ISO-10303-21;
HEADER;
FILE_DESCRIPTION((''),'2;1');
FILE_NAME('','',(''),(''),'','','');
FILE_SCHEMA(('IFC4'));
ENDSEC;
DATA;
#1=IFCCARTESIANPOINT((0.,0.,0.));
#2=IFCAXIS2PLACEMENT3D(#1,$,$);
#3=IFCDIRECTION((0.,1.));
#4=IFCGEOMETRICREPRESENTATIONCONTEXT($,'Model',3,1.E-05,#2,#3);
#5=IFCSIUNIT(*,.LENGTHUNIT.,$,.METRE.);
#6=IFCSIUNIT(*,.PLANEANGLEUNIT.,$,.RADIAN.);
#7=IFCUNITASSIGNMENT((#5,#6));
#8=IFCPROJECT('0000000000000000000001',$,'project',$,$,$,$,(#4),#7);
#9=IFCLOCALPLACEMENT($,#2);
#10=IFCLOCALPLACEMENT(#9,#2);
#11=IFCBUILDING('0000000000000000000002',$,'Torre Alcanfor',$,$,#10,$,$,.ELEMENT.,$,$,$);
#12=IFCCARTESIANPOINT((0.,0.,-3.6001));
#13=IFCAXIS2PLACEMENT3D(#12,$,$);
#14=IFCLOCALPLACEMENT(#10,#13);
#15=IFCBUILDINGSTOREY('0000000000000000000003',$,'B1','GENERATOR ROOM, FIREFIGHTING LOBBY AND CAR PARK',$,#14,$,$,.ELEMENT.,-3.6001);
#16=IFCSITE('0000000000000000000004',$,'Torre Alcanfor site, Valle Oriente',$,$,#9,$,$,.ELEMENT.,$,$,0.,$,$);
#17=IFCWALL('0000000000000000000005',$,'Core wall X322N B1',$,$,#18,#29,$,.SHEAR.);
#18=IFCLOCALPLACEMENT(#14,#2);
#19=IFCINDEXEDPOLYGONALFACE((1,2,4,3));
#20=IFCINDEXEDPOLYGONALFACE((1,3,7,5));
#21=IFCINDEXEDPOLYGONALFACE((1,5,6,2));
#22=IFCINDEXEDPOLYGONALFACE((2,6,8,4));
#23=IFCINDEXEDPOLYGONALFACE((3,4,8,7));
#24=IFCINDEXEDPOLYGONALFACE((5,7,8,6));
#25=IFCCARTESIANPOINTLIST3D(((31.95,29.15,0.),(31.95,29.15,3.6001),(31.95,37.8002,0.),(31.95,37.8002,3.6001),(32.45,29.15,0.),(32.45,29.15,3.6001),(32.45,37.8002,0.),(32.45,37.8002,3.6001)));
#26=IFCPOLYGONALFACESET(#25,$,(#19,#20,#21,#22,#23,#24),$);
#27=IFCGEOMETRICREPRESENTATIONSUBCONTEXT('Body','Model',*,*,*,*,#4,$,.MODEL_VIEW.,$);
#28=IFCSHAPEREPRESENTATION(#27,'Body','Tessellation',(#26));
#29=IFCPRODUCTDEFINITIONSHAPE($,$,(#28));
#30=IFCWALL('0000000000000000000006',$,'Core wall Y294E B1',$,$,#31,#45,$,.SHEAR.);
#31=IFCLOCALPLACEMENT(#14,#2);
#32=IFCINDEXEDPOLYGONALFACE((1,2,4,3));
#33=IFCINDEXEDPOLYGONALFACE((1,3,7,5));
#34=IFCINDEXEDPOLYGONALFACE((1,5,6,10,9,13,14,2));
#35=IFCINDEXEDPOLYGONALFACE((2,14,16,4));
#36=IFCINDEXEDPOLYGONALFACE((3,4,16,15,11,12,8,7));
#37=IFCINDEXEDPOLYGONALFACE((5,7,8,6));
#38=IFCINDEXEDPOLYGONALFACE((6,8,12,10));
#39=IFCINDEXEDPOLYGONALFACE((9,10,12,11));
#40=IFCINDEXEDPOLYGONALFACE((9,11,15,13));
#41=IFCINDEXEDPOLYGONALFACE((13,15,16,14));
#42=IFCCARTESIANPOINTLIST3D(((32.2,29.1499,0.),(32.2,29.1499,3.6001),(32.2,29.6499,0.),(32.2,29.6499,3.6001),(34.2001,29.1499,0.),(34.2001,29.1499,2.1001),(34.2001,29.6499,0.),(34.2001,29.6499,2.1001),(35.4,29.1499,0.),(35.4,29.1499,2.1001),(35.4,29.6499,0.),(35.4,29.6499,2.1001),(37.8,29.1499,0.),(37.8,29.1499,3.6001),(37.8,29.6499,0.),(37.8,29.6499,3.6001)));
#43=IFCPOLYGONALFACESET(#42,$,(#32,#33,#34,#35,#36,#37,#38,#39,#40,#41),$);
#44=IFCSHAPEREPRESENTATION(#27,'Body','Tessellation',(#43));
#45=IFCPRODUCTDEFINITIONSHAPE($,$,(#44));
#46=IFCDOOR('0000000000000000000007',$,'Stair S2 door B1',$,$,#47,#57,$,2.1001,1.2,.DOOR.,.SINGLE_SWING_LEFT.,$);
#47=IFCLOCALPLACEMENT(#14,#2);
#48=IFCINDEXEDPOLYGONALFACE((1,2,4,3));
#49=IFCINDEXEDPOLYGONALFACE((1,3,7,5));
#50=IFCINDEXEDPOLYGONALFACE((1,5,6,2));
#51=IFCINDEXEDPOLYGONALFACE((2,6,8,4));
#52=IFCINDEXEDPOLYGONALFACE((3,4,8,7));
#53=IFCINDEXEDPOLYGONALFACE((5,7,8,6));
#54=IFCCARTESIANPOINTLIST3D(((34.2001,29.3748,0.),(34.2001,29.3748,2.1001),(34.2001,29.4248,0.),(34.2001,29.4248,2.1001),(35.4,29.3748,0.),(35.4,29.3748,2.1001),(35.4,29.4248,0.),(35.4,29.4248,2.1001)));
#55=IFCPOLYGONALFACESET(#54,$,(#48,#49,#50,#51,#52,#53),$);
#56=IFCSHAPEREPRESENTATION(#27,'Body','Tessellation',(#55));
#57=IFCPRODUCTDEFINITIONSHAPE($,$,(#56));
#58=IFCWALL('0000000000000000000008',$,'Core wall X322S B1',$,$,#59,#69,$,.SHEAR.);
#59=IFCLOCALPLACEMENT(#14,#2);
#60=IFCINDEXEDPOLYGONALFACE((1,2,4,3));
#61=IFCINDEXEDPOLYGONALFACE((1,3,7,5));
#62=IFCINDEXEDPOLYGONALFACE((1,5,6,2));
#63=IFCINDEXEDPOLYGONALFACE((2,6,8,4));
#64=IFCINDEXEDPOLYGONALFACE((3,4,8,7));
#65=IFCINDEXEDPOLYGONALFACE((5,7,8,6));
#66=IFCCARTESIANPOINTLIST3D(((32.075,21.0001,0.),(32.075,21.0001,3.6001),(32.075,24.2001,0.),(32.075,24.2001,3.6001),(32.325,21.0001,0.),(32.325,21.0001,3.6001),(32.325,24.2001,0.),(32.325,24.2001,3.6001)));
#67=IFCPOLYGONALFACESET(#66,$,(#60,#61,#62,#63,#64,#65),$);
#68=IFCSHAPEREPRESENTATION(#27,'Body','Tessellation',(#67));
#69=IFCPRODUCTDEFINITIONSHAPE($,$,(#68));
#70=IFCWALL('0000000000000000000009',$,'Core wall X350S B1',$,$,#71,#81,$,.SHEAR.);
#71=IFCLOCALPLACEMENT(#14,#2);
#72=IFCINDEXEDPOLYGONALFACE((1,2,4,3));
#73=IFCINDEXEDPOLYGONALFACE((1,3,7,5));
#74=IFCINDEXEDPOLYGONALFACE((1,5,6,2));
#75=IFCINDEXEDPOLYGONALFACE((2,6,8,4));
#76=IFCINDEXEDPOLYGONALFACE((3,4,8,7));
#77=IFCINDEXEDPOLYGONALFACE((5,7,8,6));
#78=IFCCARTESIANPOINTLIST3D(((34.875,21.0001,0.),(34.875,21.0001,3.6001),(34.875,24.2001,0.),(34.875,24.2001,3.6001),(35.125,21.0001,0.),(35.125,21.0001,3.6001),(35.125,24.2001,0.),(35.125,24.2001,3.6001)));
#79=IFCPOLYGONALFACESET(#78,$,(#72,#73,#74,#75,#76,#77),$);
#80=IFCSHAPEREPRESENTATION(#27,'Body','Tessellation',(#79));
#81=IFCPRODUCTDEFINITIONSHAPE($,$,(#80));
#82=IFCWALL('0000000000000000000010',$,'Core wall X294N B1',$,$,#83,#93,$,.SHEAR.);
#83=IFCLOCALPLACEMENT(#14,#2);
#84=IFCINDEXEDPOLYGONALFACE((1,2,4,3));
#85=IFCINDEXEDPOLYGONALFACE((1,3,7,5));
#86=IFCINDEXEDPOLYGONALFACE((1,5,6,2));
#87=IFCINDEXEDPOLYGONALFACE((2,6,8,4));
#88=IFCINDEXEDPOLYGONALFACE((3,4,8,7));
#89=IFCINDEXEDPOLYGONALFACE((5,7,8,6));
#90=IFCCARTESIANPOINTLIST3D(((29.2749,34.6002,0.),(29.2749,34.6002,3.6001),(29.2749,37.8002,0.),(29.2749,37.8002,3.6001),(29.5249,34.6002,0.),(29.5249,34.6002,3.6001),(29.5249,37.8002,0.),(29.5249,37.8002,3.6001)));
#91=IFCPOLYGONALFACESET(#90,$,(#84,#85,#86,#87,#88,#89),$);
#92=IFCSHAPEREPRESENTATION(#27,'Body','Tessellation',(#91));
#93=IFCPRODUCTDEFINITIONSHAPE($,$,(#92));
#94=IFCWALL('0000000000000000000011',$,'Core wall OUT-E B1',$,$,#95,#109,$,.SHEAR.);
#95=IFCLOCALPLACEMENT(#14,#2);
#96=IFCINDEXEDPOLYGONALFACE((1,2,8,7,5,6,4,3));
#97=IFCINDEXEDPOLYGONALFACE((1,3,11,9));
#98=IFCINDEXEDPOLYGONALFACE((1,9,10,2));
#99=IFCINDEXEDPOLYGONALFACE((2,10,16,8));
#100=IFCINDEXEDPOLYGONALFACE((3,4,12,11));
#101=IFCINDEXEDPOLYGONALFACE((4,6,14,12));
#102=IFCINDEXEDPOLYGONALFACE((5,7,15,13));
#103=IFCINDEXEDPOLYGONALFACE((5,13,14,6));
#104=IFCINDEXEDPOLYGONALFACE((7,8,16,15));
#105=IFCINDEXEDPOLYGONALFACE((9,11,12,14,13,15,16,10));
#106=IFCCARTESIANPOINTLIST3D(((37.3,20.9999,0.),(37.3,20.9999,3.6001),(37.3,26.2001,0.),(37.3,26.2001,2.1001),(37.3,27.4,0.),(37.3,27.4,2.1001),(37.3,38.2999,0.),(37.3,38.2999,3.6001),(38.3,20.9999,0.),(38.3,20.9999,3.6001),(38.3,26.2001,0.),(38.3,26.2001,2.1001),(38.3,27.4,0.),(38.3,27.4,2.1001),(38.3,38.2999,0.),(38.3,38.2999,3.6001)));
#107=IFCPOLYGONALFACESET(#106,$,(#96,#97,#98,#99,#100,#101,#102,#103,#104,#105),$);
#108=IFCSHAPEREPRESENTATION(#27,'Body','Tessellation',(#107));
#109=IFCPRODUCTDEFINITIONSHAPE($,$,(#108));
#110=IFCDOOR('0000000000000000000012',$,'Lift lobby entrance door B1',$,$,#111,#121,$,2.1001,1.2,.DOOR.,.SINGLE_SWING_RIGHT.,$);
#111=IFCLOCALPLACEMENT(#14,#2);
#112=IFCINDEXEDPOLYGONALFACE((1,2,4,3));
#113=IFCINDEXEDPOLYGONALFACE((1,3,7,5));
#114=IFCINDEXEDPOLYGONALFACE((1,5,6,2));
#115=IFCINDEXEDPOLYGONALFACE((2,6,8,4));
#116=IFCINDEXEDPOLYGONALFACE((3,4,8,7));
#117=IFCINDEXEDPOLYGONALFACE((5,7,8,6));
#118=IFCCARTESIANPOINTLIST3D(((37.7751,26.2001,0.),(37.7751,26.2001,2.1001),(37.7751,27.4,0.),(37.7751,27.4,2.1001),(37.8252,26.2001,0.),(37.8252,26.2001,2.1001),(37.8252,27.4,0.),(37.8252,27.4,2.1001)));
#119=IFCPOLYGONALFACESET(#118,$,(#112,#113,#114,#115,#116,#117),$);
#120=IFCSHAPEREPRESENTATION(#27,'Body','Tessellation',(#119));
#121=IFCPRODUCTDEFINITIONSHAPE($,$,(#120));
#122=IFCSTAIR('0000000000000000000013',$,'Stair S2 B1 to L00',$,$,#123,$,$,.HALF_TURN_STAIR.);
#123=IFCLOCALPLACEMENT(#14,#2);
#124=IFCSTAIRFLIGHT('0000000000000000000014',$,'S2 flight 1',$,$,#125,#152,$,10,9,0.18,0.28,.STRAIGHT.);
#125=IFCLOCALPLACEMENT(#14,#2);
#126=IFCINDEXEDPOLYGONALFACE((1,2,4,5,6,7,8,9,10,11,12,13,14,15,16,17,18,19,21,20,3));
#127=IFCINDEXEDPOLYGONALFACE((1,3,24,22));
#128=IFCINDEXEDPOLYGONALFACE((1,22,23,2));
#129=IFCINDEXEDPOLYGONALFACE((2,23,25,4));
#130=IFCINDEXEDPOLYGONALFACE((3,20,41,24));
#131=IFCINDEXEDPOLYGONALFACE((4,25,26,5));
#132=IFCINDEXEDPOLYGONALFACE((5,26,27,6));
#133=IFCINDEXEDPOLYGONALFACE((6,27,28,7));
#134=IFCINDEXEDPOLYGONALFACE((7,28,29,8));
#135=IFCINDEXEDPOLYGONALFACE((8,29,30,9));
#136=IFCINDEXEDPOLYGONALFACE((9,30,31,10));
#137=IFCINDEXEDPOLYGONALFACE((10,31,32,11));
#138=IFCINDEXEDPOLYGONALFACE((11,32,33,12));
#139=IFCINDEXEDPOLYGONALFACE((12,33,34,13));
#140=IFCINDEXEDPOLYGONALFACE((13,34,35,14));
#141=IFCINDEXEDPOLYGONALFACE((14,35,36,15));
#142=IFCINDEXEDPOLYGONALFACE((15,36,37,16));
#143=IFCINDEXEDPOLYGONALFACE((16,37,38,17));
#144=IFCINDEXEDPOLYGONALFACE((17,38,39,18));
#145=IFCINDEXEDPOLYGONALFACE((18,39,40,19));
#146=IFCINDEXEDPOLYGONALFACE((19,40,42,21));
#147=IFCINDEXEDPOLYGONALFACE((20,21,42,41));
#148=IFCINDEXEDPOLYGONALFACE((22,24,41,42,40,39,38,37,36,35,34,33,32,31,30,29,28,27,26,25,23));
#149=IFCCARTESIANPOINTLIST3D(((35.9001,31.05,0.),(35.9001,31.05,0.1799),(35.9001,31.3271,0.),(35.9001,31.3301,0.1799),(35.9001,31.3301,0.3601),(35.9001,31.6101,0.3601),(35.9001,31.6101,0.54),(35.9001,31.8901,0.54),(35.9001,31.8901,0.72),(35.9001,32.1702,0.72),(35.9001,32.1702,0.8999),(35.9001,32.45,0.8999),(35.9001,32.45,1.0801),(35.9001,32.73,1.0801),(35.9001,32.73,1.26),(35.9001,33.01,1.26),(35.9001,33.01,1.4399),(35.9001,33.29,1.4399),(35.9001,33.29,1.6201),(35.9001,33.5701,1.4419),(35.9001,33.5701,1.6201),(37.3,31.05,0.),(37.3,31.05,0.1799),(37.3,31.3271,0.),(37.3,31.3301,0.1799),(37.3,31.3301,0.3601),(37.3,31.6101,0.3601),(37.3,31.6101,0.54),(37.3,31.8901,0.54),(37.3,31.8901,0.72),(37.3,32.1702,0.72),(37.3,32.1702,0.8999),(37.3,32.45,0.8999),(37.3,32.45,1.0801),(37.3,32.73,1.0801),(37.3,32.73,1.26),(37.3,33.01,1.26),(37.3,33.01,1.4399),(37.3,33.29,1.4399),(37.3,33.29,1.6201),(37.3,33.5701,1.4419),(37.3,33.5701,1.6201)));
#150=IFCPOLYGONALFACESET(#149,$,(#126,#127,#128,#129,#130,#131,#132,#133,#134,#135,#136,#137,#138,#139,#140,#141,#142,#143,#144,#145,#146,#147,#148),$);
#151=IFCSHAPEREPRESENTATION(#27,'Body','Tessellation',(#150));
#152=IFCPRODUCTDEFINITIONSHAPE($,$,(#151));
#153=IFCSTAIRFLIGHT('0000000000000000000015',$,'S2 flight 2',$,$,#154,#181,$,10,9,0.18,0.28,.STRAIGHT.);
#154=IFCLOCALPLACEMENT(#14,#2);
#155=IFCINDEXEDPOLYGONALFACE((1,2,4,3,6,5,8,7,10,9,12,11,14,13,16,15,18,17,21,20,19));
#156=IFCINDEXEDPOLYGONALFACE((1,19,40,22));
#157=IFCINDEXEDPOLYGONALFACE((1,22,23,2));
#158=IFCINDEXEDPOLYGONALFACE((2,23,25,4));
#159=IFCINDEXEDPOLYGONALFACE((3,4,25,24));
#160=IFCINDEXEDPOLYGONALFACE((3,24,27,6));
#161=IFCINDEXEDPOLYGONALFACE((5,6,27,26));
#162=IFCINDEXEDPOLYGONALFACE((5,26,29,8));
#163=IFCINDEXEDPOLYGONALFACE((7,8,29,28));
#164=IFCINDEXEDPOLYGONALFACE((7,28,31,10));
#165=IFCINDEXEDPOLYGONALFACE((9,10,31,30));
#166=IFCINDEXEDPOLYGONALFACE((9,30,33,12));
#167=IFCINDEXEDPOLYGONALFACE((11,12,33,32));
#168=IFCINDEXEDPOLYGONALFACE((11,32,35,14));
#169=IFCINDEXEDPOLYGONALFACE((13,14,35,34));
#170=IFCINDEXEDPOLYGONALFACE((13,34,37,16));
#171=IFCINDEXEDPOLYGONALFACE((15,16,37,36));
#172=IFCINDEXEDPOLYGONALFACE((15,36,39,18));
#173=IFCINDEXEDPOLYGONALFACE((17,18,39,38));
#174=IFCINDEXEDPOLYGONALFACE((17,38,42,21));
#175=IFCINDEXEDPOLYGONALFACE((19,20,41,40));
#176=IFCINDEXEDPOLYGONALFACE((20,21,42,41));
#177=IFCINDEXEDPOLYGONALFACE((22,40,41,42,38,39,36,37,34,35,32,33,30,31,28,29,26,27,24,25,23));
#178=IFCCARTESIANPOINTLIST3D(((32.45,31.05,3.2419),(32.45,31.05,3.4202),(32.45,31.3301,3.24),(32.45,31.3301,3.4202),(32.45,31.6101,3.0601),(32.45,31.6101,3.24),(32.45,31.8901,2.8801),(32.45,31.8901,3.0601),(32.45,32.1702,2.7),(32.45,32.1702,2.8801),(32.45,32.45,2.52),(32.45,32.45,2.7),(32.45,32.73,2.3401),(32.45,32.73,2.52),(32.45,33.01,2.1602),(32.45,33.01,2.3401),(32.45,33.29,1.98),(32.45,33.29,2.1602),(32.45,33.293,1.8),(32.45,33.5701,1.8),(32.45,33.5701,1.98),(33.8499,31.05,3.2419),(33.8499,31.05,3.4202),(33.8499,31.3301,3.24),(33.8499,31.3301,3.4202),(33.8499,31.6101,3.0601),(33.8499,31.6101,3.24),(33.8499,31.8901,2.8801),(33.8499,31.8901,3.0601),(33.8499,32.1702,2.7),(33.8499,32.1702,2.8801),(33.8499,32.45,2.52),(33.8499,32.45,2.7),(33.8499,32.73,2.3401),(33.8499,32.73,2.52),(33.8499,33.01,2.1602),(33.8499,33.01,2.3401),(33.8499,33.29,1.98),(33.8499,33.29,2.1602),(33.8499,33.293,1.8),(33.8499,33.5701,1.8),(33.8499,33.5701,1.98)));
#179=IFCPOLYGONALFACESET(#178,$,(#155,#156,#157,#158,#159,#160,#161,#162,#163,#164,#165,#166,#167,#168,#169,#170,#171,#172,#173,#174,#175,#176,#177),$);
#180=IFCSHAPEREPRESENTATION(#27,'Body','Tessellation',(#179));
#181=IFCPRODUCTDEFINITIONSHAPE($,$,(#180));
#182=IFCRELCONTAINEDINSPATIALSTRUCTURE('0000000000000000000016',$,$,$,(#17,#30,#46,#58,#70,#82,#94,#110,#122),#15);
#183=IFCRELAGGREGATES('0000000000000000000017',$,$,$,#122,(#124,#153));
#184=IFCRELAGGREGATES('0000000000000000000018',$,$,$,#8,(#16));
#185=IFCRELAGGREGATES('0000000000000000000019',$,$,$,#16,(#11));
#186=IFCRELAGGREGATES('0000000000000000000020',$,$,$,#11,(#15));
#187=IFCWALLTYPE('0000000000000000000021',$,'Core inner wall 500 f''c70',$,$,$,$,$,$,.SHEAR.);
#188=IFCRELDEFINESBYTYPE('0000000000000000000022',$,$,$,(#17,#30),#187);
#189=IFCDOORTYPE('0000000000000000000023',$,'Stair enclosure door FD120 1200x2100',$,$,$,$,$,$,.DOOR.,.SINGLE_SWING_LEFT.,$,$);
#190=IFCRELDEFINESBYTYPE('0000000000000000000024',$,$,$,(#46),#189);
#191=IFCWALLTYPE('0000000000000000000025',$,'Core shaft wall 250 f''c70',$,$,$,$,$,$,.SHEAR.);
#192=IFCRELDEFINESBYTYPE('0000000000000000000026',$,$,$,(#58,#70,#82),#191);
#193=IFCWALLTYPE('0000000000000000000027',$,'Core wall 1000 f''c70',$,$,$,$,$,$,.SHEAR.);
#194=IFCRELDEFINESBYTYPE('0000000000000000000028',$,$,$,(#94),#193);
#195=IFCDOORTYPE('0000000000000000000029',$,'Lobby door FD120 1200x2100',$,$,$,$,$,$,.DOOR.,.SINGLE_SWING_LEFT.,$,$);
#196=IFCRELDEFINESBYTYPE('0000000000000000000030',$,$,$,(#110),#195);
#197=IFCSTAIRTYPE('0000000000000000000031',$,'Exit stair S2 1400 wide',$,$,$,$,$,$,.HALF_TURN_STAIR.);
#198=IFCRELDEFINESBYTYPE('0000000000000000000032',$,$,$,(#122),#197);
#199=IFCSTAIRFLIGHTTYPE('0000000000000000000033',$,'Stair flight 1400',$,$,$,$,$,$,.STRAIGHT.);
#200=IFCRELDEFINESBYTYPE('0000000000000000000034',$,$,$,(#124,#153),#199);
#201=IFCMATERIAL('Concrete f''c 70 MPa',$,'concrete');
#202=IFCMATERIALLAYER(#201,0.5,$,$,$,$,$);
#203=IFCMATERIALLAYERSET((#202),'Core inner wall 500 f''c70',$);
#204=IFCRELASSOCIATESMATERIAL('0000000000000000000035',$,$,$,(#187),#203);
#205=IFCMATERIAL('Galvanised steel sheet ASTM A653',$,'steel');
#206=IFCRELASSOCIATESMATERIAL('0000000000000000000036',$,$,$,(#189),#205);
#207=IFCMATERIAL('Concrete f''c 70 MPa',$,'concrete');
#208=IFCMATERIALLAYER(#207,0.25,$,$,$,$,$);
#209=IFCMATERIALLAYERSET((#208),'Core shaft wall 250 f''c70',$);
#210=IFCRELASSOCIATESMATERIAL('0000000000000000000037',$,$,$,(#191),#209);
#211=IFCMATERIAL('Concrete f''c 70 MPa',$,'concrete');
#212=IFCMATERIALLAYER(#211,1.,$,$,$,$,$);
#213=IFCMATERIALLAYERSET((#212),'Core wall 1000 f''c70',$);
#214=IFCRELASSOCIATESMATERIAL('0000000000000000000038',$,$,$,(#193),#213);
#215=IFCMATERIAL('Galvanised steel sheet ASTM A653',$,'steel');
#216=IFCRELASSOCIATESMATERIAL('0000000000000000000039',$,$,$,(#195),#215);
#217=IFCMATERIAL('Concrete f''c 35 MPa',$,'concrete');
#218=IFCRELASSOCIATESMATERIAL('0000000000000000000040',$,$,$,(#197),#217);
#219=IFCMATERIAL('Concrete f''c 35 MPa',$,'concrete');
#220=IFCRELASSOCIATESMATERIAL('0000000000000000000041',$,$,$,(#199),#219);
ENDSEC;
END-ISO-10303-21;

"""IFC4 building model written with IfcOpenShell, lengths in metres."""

from ifc_helpers import new_model, si_unit, direction, frame, frame_2d, origin, place, context, subcontext, project, spatial, polyline, rectangle, outline, extrude, material, layer, layer_set, type_object, element, fill, aggregate, save


model = new_model("IFC4")

# Units and contexts
model_context = context("Model", 3, precision=1e-05, world=origin(), true_north=direction((0.0, 1.0)))
body_context = subcontext(model_context, "Body", "Model", "MODEL_VIEW")
ifc_project = project(units=[si_unit("LENGTHUNIT", "METRE"), si_unit("PLANEANGLEUNIT", "RADIAN")], contexts=[model_context])

# Site, building, storey
site_placement = place(None, origin())
site = spatial("IfcSite", under=ifc_project, at=site_placement, Name="Torre Alcanfor site, Valle Oriente", CompositionType="ELEMENT", RefElevation=0.0)
building_placement = place(site_placement, origin())
building = spatial("IfcBuilding", under=site, at=building_placement, Name="Torre Alcanfor", CompositionType="ELEMENT")
storey_placement = place(building_placement, frame((0.0, 0.0, -3.6001)))
storey = spatial("IfcBuildingStorey", under=building, at=storey_placement, Name="B1", Description="GENERATOR ROOM, FIREFIGHTING LOBBY AND CAR PARK", CompositionType="ELEMENT", Elevation=-3.6001)

# Wall
ifc_material_1 = material(Name="Concrete f'c 70 MPa", Category="concrete")
ifc_layer_1 = layer(ifc_material_1, 0.5)
ifc_layer_set_1 = layer_set([ifc_layer_1], Name="Core inner wall 500 f'c70")
wall_type_1 = type_object("IfcWallType", Name="Core inner wall 500 f'c70", PredefinedType="SHEAR", material=ifc_layer_set_1)
wall_1_placement = place(storey_placement, frame((32.2, 29.1499, 0.0), z_axis=(0.0, 0.0, 1.0), x_axis=(0.0, 1.0, 0.0)))
element("IfcWall", 1, at=wall_1_placement, inside=storey, type_object=wall_type_1, Name="Core wall X322N B1", PredefinedType="SHEAR", context=body_context, shape_type="SweptSolid", body=[
    extrude(rectangle(XDim=8.6501, YDim=0.5, at=frame_2d((4.3252, 0.0))), origin(), (0.0, 0.0, 1.0), 3.6001),
])

# Wall, opening, door
wall_2_placement = place(storey_placement, frame((32.2, 29.3999, 0.0), z_axis=(0.0, 0.0, 1.0), x_axis=(1.0, 0.0, 0.0)))
wall_2 = element("IfcWall", 2, at=wall_2_placement, inside=storey, type_object=wall_type_1, Name="Core wall Y294E B1", PredefinedType="SHEAR", context=body_context, shape_type="SweptSolid", body=[
    extrude(rectangle(XDim=5.6001, YDim=0.5, at=frame_2d((2.8, 0.0))), origin(), (0.0, 0.0, 1.0), 3.6001),
])
opening_1_placement = place(wall_2_placement, frame((2.0, 0.0, 0.0)))
opening_1 = element("IfcOpeningElement", 3, at=opening_1_placement, cuts=wall_2, PredefinedType="OPENING", context=body_context, shape_type="SweptSolid", body=[
    extrude(rectangle(XDim=1.2, YDim=2.1001, at=frame_2d((0.6001, 1.05))), frame((0.0, 0.26, 0.0), z_axis=(0.0, -1.0, 0.0), x_axis=(1.0, 0.0, 0.0)), (0.0, 0.0, 1.0), 0.52),
])
ifc_material_2 = material(Name="Galvanised steel sheet ASTM A653", Category="steel")
door_type_1 = type_object("IfcDoorType", Name="Stair enclosure door FD120 1200x2100", OperationType="SINGLE_SWING_LEFT", PredefinedType="DOOR", material=ifc_material_2)
door_1_placement = place(opening_1_placement, origin())
door_1 = element("IfcDoor", 4, at=door_1_placement, inside=storey, type_object=door_type_1, Name="Stair S2 door B1", OperationType="SINGLE_SWING_LEFT", OverallHeight=2.1001, OverallWidth=1.2, PredefinedType="DOOR", context=body_context, shape_type="SweptSolid", body=[
    extrude(rectangle(XDim=1.2, YDim=2.1001, at=frame_2d((0.6001, 1.05))), frame((0.0, 0.0249, 0.0), z_axis=(0.0, -1.0, 0.0), x_axis=(1.0, 0.0, 0.0)), (0.0, 0.0, 1.0), 0.05),
])
fill(opening_1, door_1)

# Walls
ifc_material_3 = material(Name="Concrete f'c 70 MPa", Category="concrete")
ifc_layer_2 = layer(ifc_material_3, 0.25)
ifc_layer_set_2 = layer_set([ifc_layer_2], Name="Core shaft wall 250 f'c70")
wall_type_2 = type_object("IfcWallType", Name="Core shaft wall 250 f'c70", PredefinedType="SHEAR", material=ifc_layer_set_2)
for number, where, z_axis, x_axis, name in (
    (5, (32.2, 21.0, 0.0), (0.0, 0.0, 1.0), (0.0, 1.0, 0.0), "Core wall X322S B1"),
    (6, (35.0, 21.0, 0.0), (0.0, 0.0, 1.0), (0.0, 1.0, 0.0), "Core wall X350S B1"),
    (7, (29.3999, 34.6001, 0.0), (0.0, 0.0, 1.0), (0.0, 1.0, 0.0), "Core wall X294N B1"),
):
    element("IfcWall", number, at=place(storey_placement, frame(where, z_axis=z_axis, x_axis=x_axis)), inside=storey, type_object=wall_type_2, Name=name, PredefinedType="SHEAR", context=body_context, shape_type="SweptSolid", body=[
        extrude(rectangle(XDim=3.2, YDim=0.25, at=frame_2d((1.6001, 0.0))), origin(), (0.0, 0.0, 1.0), 3.6001),
    ])

# Wall, opening, door
ifc_material_4 = material(Name="Concrete f'c 70 MPa", Category="concrete")
ifc_layer_3 = layer(ifc_material_4, 1.0)
ifc_layer_set_3 = layer_set([ifc_layer_3], Name="Core wall 1000 f'c70")
wall_type_3 = type_object("IfcWallType", Name="Core wall 1000 f'c70", PredefinedType="SHEAR", material=ifc_layer_set_3)
wall_3_placement = place(storey_placement, frame((37.8, 21.0, 0.0), z_axis=(0.0, 0.0, 1.0), x_axis=(0.0, 1.0, 0.0)))
wall_3 = element("IfcWall", 8, at=wall_3_placement, inside=storey, type_object=wall_type_3, Name="Core wall OUT-E B1", PredefinedType="SHEAR", context=body_context, shape_type="SweptSolid", body=[
    extrude(rectangle(XDim=17.3, YDim=1.0, at=frame_2d((8.6499, 0.0))), origin(), (0.0, 0.0, 1.0), 3.6001),
])
opening_2_placement = place(wall_3_placement, frame((5.2, 0.0, 0.0)))
opening_2 = element("IfcOpeningElement", 9, at=opening_2_placement, cuts=wall_3, PredefinedType="OPENING", context=body_context, shape_type="SweptSolid", body=[
    extrude(rectangle(XDim=1.2, YDim=2.1001, at=frame_2d((0.6001, 1.05))), frame((0.0, 0.51, 0.0), z_axis=(0.0, -1.0, 0.0), x_axis=(1.0, 0.0, 0.0)), (0.0, 0.0, 1.0), 1.02),
])
ifc_material_5 = material(Name="Galvanised steel sheet ASTM A653", Category="steel")
door_type_2 = type_object("IfcDoorType", Name="Lobby door FD120 1200x2100", OperationType="SINGLE_SWING_LEFT", PredefinedType="DOOR", material=ifc_material_5)
door_2_placement = place(opening_2_placement, frame((1.2, 0.0, 0.0), z_axis=(0.0, 0.0, 1.0), x_axis=(-1.0, 0.0, 0.0)))
door_2 = element("IfcDoor", 10, at=door_2_placement, inside=storey, type_object=door_type_2, Name="Lift lobby entrance door B1", OperationType="SINGLE_SWING_RIGHT", OverallHeight=2.1001, OverallWidth=1.2, PredefinedType="DOOR", context=body_context, shape_type="SweptSolid", body=[
    extrude(rectangle(XDim=1.2, YDim=2.1001, at=frame_2d((0.5999, 1.05))), frame((0.0, 0.0251, 0.0), z_axis=(0.0, -1.0, 0.0), x_axis=(1.0, 0.0, 0.0)), (0.0, 0.0, 1.0), 0.05),
])
fill(opening_2, door_2)

# Stair, stair flights
ifc_material_6 = material(Name="Concrete f'c 35 MPa", Category="concrete")
stair_type = type_object("IfcStairType", Name="Exit stair S2 1400 wide", PredefinedType="HALF_TURN_STAIR", material=ifc_material_6)
stair_placement = place(storey_placement, origin())
stair = element("IfcStair", 11, at=stair_placement, inside=storey, type_object=stair_type, Name="Stair S2 B1 to L00", PredefinedType="HALF_TURN_STAIR")
ifc_material_7 = material(Name="Concrete f'c 35 MPa", Category="concrete")
stair_flight_type = type_object("IfcStairFlightType", Name="Stair flight 1400", PredefinedType="STRAIGHT", material=ifc_material_7)
stair_flight_1_placement = place(storey_placement, frame((36.6001, 31.05, 0.0), z_axis=(0.0, 0.0, 1.0), x_axis=(0.0, 1.0, 0.0)))
stair_flight_1 = element("IfcStairFlight", 12, at=stair_flight_1_placement, type_object=stair_flight_type, Name="S2 flight 1", NumberOfRisers=10, NumberOfTreads=9, PredefinedType="STRAIGHT", RiserHeight=0.18, TreadLength=0.28, context=body_context, shape_type="SweptSolid", body=[
    extrude(outline(polyline([(0.0, 0.0), (0.0, 0.1799), (0.28, 0.1799), (0.28, 0.3601), (0.5601, 0.3601), (0.5601, 0.54), (0.8401, 0.54), (0.8401, 0.72), (1.1201, 0.72), (1.1201, 0.8999), (1.3999, 0.8999), (1.3999, 1.0801), (1.6799, 1.0801), (1.6799, 1.26), (1.96, 1.26), (1.96, 1.4399), (2.24, 1.4399), (2.24, 1.6201), (2.52, 1.6201), (2.52, 1.8), (2.52, 1.4419), (0.2771, 0.0), (0.0, 0.0)])), frame((0.0, 0.7, 0.0), z_axis=(0.0, -1.0, 0.0), x_axis=(1.0, 0.0, 0.0)), (0.0, 0.0, 1.0), 1.3999),
])
stair_flight_2_placement = place(storey_placement, frame((33.1499, 33.5701, 1.8), z_axis=(0.0, 0.0, 1.0), x_axis=(0.0, -1.0, 0.0)))
stair_flight_2 = element("IfcStairFlight", 13, at=stair_flight_2_placement, type_object=stair_flight_type, Name="S2 flight 2", NumberOfRisers=10, NumberOfTreads=9, PredefinedType="STRAIGHT", RiserHeight=0.18, TreadLength=0.28, context=body_context, shape_type="SweptSolid", body=[
    extrude(outline(polyline([(0.0, 0.0), (0.0, 0.1799), (0.28, 0.1799), (0.28, 0.3601), (0.5601, 0.3601), (0.5601, 0.54), (0.8401, 0.54), (0.8401, 0.72), (1.1201, 0.72), (1.1201, 0.8999), (1.3999, 0.8999), (1.3999, 1.0801), (1.6799, 1.0801), (1.6799, 1.26), (1.96, 1.26), (1.96, 1.4399), (2.24, 1.4399), (2.24, 1.6201), (2.52, 1.6201), (2.52, 1.8), (2.52, 1.4419), (0.2771, 0.0), (0.0, 0.0)])), frame((0.0, 0.7, 0.0), z_axis=(0.0, -1.0, 0.0), x_axis=(1.0, 0.0, 0.0)), (0.0, 0.0, 1.0), 1.3999),
])
aggregate(stair, [stair_flight_1, stair_flight_2])

save(model, "model.ifc")
